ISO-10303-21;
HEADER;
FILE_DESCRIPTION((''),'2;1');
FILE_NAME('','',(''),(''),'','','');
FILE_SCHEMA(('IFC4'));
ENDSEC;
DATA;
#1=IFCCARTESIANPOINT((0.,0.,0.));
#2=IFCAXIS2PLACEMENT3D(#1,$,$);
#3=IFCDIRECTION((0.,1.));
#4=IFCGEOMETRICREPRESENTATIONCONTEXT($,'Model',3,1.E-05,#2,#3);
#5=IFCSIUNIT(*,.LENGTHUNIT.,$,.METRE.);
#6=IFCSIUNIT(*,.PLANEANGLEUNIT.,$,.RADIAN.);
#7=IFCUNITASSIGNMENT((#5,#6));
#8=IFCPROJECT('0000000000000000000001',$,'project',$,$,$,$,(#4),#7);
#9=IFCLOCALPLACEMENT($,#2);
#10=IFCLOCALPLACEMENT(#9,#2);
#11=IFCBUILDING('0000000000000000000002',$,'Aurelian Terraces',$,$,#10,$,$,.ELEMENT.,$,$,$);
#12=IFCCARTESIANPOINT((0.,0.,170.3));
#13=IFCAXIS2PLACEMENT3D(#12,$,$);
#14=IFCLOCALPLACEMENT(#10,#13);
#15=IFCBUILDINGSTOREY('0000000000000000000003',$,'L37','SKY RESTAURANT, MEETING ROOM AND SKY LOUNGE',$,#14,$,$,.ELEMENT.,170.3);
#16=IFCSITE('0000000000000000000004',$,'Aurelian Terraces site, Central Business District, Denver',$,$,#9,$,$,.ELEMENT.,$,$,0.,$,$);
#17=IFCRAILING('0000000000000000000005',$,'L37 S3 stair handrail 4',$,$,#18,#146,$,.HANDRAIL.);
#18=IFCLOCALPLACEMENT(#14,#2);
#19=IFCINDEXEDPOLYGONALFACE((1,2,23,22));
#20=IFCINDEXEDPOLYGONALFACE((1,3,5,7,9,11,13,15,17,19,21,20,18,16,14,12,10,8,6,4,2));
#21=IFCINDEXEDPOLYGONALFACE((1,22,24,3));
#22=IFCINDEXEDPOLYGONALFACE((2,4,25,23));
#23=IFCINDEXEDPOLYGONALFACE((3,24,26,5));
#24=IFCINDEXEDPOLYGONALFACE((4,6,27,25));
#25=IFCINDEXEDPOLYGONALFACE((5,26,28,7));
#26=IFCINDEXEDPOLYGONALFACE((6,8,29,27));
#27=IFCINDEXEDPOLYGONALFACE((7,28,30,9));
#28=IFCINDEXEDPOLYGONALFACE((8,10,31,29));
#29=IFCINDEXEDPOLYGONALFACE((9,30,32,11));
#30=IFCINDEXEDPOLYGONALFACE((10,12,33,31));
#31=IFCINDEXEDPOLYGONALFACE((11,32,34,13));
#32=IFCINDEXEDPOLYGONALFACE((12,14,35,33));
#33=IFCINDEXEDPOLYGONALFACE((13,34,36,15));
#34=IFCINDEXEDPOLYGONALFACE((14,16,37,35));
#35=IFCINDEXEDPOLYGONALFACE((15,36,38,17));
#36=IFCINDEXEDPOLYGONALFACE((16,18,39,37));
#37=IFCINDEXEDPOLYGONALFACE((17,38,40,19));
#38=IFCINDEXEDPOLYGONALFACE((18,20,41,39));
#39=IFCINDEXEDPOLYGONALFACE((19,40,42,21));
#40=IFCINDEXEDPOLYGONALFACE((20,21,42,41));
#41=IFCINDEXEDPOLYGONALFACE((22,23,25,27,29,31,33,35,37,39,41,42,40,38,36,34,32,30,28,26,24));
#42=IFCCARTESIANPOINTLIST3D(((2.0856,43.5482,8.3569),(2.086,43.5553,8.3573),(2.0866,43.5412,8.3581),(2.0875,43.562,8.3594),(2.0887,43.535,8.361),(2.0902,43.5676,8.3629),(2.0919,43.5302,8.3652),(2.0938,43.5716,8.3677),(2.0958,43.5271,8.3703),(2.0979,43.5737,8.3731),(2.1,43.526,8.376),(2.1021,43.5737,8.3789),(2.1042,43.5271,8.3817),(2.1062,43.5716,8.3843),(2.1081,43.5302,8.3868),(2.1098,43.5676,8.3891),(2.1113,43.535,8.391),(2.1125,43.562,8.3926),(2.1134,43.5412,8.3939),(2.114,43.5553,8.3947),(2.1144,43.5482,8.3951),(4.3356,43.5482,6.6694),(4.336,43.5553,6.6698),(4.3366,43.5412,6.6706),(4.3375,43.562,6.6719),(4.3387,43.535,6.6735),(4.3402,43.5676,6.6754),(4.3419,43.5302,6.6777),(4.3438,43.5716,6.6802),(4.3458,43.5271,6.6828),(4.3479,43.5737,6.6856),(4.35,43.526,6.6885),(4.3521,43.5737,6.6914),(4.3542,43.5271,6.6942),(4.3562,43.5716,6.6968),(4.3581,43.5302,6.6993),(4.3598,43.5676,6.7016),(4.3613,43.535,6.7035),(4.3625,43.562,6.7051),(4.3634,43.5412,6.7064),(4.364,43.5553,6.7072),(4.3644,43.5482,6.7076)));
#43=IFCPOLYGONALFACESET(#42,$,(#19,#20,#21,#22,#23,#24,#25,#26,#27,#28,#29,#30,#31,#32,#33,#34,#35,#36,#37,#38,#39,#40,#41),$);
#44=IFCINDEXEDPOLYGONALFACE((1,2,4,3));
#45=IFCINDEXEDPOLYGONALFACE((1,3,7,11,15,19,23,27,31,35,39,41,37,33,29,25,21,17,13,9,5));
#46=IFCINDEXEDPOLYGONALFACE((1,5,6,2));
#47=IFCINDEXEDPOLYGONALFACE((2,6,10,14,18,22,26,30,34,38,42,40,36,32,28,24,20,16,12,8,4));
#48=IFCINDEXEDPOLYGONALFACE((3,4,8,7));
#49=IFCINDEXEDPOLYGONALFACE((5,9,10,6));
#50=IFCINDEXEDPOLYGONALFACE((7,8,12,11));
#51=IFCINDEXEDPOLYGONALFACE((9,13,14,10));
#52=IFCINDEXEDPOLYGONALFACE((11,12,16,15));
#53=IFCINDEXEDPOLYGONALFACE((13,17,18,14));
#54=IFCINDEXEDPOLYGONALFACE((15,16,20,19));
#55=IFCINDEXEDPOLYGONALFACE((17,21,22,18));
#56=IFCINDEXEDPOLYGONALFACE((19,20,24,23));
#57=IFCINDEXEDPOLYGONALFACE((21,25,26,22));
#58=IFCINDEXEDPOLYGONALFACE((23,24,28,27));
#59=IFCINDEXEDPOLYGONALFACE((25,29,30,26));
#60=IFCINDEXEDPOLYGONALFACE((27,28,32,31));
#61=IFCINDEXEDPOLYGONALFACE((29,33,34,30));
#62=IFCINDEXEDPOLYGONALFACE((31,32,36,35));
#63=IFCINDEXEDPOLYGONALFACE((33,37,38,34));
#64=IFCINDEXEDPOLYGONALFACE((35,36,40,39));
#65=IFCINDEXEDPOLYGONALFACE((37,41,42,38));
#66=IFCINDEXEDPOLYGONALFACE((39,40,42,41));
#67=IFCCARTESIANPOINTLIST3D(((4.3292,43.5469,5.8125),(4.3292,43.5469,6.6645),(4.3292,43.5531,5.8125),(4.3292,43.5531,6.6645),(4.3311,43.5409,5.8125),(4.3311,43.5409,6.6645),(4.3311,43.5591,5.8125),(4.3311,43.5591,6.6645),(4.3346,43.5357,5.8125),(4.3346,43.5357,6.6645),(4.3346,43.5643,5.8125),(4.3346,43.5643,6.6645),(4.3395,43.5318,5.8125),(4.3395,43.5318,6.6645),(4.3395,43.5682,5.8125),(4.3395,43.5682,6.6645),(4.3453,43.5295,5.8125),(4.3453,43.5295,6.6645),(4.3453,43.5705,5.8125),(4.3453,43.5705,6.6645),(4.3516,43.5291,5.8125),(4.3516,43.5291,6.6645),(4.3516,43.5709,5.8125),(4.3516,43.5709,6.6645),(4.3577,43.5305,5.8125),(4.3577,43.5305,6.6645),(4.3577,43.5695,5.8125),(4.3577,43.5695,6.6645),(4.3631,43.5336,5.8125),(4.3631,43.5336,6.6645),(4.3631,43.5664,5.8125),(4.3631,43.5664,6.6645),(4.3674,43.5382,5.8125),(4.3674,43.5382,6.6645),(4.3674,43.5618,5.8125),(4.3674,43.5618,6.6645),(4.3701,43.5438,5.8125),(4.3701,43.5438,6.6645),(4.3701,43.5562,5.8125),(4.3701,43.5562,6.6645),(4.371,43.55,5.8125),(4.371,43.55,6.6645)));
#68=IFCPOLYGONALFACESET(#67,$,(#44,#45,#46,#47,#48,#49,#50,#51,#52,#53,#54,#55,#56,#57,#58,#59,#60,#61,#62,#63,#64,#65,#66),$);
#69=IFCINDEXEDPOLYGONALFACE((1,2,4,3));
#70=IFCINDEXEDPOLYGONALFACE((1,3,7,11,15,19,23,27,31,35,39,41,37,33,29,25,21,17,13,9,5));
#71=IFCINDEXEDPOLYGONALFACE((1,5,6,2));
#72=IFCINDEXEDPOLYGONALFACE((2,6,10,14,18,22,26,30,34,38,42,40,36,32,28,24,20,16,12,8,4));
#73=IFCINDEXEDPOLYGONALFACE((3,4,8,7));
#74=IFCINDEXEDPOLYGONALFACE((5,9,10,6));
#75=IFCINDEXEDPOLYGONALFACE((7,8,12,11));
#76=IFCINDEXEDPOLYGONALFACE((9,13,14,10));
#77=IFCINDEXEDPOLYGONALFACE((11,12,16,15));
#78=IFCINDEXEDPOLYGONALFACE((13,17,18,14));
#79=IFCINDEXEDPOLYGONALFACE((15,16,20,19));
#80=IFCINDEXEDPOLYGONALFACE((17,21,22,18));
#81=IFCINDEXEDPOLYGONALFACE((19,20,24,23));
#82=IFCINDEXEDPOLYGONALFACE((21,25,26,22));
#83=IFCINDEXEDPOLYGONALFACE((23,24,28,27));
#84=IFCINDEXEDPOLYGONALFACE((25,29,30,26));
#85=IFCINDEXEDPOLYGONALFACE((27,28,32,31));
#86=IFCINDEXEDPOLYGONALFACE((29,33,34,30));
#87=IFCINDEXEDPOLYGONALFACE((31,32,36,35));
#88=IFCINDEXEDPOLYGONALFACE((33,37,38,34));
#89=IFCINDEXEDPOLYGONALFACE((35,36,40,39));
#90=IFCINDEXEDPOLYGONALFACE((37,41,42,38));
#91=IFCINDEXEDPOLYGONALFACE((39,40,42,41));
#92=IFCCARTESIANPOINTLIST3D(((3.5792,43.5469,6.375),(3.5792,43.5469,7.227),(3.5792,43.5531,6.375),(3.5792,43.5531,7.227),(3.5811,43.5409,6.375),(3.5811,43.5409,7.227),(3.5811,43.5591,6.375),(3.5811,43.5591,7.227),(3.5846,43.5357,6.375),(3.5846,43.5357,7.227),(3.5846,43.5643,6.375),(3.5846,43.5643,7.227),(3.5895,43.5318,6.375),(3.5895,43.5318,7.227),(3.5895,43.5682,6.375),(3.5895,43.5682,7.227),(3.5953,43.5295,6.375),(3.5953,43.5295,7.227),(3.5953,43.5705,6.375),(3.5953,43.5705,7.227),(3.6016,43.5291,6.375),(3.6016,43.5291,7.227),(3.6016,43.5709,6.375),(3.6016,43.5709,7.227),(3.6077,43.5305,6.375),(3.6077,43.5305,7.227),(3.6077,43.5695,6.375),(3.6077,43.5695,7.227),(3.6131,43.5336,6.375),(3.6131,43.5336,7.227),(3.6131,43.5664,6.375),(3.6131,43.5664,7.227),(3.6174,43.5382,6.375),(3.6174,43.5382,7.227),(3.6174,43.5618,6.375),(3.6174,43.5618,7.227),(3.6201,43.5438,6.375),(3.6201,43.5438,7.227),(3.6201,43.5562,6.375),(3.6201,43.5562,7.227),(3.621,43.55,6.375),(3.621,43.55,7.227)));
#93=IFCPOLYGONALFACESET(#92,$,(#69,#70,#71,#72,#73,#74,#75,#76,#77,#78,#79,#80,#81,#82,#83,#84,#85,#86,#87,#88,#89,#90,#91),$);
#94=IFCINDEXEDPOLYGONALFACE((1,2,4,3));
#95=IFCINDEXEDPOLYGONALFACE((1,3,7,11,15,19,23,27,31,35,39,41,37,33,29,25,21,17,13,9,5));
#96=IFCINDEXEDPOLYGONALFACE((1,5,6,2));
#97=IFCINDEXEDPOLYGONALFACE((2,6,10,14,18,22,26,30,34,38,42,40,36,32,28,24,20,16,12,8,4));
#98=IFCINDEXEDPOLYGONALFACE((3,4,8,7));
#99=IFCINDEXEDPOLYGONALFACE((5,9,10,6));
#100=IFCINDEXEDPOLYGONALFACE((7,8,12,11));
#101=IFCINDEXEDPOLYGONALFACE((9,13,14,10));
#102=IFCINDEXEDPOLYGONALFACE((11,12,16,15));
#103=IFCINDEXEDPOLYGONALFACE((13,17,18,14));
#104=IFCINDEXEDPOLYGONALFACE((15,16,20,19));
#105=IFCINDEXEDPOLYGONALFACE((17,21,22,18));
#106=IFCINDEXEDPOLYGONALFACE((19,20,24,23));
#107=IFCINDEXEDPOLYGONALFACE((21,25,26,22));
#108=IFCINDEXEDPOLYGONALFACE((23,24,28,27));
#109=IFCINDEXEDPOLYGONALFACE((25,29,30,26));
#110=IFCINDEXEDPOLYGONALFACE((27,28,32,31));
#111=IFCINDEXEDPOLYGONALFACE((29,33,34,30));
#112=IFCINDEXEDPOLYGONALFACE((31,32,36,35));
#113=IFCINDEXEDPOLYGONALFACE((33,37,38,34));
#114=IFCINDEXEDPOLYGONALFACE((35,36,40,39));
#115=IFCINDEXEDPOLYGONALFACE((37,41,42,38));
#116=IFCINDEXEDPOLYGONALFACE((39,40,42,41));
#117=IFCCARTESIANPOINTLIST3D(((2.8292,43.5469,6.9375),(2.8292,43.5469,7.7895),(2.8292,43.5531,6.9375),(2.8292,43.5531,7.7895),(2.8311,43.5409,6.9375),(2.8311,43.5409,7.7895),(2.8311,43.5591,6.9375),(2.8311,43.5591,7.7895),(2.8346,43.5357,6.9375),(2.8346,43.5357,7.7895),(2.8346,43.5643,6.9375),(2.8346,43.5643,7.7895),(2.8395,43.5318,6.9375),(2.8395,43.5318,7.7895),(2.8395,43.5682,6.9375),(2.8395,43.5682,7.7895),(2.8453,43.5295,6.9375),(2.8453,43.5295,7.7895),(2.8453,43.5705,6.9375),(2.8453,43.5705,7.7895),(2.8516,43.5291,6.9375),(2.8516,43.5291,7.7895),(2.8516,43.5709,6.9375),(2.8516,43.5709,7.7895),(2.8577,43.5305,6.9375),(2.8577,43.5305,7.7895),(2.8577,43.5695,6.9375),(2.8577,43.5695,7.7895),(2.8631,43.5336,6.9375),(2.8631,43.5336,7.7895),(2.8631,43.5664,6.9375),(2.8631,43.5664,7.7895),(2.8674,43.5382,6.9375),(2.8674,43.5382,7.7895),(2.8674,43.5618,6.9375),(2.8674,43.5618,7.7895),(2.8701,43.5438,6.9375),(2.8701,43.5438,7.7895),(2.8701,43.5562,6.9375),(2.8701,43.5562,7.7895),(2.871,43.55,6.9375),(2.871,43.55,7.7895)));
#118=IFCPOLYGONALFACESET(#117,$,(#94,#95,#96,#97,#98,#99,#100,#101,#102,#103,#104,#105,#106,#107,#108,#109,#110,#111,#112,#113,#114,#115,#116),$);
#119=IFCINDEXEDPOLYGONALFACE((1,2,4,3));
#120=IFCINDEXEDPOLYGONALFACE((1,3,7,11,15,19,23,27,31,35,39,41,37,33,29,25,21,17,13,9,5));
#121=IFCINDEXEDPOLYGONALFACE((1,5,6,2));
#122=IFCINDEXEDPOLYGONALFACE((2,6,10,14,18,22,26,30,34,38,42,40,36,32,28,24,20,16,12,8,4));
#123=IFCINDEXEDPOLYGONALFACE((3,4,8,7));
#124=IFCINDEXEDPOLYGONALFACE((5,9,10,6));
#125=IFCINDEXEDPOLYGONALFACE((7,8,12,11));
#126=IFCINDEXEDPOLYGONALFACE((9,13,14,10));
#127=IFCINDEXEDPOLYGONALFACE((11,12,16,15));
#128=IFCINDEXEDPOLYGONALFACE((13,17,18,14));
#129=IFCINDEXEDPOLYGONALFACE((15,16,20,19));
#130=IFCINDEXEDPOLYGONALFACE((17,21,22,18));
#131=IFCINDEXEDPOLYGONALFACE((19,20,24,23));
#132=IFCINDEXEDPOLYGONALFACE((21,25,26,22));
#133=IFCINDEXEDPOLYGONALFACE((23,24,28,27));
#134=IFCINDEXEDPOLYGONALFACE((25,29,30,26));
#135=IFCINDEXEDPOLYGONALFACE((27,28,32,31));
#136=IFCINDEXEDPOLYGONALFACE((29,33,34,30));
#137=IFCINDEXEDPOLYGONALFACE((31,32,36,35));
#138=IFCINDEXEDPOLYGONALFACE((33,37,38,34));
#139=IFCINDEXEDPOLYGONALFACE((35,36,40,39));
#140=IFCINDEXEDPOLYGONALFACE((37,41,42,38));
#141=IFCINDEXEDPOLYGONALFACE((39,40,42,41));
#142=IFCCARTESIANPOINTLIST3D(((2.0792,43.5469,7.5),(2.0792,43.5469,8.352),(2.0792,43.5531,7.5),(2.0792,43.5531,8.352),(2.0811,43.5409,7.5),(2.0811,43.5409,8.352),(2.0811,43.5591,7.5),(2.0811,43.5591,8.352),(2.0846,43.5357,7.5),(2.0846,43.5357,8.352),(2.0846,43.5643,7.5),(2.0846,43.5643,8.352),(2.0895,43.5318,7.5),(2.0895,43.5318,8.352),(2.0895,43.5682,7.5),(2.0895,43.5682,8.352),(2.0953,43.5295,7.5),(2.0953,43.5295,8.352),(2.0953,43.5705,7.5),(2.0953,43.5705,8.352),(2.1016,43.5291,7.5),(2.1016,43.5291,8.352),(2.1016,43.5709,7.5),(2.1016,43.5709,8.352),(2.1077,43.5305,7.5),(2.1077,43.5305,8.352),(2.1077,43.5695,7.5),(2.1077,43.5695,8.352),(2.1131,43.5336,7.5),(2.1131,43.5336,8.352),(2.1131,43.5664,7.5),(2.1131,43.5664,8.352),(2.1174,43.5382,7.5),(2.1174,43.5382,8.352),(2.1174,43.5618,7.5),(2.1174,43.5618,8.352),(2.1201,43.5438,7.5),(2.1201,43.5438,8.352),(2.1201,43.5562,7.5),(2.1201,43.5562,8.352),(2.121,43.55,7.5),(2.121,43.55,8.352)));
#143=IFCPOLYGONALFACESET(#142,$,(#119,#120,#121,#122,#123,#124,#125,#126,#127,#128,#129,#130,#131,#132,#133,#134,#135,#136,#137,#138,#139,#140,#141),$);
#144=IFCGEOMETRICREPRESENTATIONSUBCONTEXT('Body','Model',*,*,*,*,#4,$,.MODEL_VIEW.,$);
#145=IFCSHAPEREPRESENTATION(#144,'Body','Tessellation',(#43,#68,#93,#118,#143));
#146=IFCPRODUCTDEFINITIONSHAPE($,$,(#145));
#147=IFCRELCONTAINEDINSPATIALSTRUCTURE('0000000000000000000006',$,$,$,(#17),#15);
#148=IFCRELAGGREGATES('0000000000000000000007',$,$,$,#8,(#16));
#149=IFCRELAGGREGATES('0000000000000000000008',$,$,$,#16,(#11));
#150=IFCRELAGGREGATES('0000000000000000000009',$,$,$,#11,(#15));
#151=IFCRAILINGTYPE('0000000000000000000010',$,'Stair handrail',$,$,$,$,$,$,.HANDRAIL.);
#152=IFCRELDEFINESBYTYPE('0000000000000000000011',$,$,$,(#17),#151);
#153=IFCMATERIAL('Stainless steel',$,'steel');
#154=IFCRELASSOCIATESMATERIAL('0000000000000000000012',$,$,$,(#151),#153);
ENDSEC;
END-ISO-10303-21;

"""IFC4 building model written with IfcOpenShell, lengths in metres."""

from ifc_helpers import new_model, si_unit, direction, frame, origin, origin_2d, place, context, subcontext, project, spatial, circle, extrude, source, transform, mapped, material, type_object, element, save


model = new_model("IFC4")

# Units and contexts
model_context = context("Model", 3, precision=1e-05, world=origin(), true_north=direction((0.0, 1.0)))
body_context = subcontext(model_context, "Body", "Model", "MODEL_VIEW")
ifc_project = project(units=[si_unit("LENGTHUNIT", "METRE"), si_unit("PLANEANGLEUNIT", "RADIAN")], contexts=[model_context])

# Site, building, storey
site_placement = place(None, origin())
site = spatial("IfcSite", under=ifc_project, at=site_placement, Name="Aurelian Terraces site, Central Business District, Denver", CompositionType="ELEMENT", RefElevation=0.0)
building_placement = place(site_placement, origin())
building = spatial("IfcBuilding", under=site, at=building_placement, Name="Aurelian Terraces", CompositionType="ELEMENT")
storey_placement = place(building_placement, frame((0.0, 0.0, 170.3)))
storey = spatial("IfcBuildingStorey", under=building, at=storey_placement, Name="L37", Description="SKY RESTAURANT, MEETING ROOM AND SKY LOUNGE", CompositionType="ELEMENT", Elevation=170.3)

# Railing
ifc_material_1 = material(Name="Stainless steel", Category="steel")
railing_type_1 = type_object("IfcRailingType", Name="Stair handrail", PredefinedType="HANDRAIL", material=ifc_material_1)
shared_shape_1 = source(origin(), body_context, "Body", "SweptSolid", [
    extrude(circle(Radius=0.024, at=origin_2d()), frame((0.0, 0.0, 0.876), z_axis=(-0.8, 0.0, 0.6), x_axis=(0.0, -1.0, 0.0)), (0.0, 0.0, 1.0), 2.8125),
    extrude(circle(Radius=0.021, at=origin_2d()), origin(), (0.0, 0.0, 1.0), 0.852),
    extrude(circle(Radius=0.021, at=origin_2d()), frame((-0.75, 0.0, 0.5625)), (0.0, 0.0, 1.0), 0.852),
    extrude(circle(Radius=0.021, at=origin_2d()), frame((-1.5, 0.0, 1.125)), (0.0, 0.0, 1.0), 0.852),
    extrude(circle(Radius=0.021, at=origin_2d()), frame((-2.25, 0.0, 1.6875)), (0.0, 0.0, 1.0), 0.852),
])
for number, where, name in (
    (1, (4.35, 43.55, 5.8125), "L37 S3 stair handrail 4"),
):
    element("IfcRailing", number, at=place(storey_placement, frame(where)), inside=storey, type_object=railing_type_1, Name=name, PredefinedType="HANDRAIL", context=body_context, shape_type="MappedRepresentation", body=[
        mapped(shared_shape_1, transform((0.0, 0.0, 0.0), scale=1.0)),
    ])

save(model, "model.ifc")
